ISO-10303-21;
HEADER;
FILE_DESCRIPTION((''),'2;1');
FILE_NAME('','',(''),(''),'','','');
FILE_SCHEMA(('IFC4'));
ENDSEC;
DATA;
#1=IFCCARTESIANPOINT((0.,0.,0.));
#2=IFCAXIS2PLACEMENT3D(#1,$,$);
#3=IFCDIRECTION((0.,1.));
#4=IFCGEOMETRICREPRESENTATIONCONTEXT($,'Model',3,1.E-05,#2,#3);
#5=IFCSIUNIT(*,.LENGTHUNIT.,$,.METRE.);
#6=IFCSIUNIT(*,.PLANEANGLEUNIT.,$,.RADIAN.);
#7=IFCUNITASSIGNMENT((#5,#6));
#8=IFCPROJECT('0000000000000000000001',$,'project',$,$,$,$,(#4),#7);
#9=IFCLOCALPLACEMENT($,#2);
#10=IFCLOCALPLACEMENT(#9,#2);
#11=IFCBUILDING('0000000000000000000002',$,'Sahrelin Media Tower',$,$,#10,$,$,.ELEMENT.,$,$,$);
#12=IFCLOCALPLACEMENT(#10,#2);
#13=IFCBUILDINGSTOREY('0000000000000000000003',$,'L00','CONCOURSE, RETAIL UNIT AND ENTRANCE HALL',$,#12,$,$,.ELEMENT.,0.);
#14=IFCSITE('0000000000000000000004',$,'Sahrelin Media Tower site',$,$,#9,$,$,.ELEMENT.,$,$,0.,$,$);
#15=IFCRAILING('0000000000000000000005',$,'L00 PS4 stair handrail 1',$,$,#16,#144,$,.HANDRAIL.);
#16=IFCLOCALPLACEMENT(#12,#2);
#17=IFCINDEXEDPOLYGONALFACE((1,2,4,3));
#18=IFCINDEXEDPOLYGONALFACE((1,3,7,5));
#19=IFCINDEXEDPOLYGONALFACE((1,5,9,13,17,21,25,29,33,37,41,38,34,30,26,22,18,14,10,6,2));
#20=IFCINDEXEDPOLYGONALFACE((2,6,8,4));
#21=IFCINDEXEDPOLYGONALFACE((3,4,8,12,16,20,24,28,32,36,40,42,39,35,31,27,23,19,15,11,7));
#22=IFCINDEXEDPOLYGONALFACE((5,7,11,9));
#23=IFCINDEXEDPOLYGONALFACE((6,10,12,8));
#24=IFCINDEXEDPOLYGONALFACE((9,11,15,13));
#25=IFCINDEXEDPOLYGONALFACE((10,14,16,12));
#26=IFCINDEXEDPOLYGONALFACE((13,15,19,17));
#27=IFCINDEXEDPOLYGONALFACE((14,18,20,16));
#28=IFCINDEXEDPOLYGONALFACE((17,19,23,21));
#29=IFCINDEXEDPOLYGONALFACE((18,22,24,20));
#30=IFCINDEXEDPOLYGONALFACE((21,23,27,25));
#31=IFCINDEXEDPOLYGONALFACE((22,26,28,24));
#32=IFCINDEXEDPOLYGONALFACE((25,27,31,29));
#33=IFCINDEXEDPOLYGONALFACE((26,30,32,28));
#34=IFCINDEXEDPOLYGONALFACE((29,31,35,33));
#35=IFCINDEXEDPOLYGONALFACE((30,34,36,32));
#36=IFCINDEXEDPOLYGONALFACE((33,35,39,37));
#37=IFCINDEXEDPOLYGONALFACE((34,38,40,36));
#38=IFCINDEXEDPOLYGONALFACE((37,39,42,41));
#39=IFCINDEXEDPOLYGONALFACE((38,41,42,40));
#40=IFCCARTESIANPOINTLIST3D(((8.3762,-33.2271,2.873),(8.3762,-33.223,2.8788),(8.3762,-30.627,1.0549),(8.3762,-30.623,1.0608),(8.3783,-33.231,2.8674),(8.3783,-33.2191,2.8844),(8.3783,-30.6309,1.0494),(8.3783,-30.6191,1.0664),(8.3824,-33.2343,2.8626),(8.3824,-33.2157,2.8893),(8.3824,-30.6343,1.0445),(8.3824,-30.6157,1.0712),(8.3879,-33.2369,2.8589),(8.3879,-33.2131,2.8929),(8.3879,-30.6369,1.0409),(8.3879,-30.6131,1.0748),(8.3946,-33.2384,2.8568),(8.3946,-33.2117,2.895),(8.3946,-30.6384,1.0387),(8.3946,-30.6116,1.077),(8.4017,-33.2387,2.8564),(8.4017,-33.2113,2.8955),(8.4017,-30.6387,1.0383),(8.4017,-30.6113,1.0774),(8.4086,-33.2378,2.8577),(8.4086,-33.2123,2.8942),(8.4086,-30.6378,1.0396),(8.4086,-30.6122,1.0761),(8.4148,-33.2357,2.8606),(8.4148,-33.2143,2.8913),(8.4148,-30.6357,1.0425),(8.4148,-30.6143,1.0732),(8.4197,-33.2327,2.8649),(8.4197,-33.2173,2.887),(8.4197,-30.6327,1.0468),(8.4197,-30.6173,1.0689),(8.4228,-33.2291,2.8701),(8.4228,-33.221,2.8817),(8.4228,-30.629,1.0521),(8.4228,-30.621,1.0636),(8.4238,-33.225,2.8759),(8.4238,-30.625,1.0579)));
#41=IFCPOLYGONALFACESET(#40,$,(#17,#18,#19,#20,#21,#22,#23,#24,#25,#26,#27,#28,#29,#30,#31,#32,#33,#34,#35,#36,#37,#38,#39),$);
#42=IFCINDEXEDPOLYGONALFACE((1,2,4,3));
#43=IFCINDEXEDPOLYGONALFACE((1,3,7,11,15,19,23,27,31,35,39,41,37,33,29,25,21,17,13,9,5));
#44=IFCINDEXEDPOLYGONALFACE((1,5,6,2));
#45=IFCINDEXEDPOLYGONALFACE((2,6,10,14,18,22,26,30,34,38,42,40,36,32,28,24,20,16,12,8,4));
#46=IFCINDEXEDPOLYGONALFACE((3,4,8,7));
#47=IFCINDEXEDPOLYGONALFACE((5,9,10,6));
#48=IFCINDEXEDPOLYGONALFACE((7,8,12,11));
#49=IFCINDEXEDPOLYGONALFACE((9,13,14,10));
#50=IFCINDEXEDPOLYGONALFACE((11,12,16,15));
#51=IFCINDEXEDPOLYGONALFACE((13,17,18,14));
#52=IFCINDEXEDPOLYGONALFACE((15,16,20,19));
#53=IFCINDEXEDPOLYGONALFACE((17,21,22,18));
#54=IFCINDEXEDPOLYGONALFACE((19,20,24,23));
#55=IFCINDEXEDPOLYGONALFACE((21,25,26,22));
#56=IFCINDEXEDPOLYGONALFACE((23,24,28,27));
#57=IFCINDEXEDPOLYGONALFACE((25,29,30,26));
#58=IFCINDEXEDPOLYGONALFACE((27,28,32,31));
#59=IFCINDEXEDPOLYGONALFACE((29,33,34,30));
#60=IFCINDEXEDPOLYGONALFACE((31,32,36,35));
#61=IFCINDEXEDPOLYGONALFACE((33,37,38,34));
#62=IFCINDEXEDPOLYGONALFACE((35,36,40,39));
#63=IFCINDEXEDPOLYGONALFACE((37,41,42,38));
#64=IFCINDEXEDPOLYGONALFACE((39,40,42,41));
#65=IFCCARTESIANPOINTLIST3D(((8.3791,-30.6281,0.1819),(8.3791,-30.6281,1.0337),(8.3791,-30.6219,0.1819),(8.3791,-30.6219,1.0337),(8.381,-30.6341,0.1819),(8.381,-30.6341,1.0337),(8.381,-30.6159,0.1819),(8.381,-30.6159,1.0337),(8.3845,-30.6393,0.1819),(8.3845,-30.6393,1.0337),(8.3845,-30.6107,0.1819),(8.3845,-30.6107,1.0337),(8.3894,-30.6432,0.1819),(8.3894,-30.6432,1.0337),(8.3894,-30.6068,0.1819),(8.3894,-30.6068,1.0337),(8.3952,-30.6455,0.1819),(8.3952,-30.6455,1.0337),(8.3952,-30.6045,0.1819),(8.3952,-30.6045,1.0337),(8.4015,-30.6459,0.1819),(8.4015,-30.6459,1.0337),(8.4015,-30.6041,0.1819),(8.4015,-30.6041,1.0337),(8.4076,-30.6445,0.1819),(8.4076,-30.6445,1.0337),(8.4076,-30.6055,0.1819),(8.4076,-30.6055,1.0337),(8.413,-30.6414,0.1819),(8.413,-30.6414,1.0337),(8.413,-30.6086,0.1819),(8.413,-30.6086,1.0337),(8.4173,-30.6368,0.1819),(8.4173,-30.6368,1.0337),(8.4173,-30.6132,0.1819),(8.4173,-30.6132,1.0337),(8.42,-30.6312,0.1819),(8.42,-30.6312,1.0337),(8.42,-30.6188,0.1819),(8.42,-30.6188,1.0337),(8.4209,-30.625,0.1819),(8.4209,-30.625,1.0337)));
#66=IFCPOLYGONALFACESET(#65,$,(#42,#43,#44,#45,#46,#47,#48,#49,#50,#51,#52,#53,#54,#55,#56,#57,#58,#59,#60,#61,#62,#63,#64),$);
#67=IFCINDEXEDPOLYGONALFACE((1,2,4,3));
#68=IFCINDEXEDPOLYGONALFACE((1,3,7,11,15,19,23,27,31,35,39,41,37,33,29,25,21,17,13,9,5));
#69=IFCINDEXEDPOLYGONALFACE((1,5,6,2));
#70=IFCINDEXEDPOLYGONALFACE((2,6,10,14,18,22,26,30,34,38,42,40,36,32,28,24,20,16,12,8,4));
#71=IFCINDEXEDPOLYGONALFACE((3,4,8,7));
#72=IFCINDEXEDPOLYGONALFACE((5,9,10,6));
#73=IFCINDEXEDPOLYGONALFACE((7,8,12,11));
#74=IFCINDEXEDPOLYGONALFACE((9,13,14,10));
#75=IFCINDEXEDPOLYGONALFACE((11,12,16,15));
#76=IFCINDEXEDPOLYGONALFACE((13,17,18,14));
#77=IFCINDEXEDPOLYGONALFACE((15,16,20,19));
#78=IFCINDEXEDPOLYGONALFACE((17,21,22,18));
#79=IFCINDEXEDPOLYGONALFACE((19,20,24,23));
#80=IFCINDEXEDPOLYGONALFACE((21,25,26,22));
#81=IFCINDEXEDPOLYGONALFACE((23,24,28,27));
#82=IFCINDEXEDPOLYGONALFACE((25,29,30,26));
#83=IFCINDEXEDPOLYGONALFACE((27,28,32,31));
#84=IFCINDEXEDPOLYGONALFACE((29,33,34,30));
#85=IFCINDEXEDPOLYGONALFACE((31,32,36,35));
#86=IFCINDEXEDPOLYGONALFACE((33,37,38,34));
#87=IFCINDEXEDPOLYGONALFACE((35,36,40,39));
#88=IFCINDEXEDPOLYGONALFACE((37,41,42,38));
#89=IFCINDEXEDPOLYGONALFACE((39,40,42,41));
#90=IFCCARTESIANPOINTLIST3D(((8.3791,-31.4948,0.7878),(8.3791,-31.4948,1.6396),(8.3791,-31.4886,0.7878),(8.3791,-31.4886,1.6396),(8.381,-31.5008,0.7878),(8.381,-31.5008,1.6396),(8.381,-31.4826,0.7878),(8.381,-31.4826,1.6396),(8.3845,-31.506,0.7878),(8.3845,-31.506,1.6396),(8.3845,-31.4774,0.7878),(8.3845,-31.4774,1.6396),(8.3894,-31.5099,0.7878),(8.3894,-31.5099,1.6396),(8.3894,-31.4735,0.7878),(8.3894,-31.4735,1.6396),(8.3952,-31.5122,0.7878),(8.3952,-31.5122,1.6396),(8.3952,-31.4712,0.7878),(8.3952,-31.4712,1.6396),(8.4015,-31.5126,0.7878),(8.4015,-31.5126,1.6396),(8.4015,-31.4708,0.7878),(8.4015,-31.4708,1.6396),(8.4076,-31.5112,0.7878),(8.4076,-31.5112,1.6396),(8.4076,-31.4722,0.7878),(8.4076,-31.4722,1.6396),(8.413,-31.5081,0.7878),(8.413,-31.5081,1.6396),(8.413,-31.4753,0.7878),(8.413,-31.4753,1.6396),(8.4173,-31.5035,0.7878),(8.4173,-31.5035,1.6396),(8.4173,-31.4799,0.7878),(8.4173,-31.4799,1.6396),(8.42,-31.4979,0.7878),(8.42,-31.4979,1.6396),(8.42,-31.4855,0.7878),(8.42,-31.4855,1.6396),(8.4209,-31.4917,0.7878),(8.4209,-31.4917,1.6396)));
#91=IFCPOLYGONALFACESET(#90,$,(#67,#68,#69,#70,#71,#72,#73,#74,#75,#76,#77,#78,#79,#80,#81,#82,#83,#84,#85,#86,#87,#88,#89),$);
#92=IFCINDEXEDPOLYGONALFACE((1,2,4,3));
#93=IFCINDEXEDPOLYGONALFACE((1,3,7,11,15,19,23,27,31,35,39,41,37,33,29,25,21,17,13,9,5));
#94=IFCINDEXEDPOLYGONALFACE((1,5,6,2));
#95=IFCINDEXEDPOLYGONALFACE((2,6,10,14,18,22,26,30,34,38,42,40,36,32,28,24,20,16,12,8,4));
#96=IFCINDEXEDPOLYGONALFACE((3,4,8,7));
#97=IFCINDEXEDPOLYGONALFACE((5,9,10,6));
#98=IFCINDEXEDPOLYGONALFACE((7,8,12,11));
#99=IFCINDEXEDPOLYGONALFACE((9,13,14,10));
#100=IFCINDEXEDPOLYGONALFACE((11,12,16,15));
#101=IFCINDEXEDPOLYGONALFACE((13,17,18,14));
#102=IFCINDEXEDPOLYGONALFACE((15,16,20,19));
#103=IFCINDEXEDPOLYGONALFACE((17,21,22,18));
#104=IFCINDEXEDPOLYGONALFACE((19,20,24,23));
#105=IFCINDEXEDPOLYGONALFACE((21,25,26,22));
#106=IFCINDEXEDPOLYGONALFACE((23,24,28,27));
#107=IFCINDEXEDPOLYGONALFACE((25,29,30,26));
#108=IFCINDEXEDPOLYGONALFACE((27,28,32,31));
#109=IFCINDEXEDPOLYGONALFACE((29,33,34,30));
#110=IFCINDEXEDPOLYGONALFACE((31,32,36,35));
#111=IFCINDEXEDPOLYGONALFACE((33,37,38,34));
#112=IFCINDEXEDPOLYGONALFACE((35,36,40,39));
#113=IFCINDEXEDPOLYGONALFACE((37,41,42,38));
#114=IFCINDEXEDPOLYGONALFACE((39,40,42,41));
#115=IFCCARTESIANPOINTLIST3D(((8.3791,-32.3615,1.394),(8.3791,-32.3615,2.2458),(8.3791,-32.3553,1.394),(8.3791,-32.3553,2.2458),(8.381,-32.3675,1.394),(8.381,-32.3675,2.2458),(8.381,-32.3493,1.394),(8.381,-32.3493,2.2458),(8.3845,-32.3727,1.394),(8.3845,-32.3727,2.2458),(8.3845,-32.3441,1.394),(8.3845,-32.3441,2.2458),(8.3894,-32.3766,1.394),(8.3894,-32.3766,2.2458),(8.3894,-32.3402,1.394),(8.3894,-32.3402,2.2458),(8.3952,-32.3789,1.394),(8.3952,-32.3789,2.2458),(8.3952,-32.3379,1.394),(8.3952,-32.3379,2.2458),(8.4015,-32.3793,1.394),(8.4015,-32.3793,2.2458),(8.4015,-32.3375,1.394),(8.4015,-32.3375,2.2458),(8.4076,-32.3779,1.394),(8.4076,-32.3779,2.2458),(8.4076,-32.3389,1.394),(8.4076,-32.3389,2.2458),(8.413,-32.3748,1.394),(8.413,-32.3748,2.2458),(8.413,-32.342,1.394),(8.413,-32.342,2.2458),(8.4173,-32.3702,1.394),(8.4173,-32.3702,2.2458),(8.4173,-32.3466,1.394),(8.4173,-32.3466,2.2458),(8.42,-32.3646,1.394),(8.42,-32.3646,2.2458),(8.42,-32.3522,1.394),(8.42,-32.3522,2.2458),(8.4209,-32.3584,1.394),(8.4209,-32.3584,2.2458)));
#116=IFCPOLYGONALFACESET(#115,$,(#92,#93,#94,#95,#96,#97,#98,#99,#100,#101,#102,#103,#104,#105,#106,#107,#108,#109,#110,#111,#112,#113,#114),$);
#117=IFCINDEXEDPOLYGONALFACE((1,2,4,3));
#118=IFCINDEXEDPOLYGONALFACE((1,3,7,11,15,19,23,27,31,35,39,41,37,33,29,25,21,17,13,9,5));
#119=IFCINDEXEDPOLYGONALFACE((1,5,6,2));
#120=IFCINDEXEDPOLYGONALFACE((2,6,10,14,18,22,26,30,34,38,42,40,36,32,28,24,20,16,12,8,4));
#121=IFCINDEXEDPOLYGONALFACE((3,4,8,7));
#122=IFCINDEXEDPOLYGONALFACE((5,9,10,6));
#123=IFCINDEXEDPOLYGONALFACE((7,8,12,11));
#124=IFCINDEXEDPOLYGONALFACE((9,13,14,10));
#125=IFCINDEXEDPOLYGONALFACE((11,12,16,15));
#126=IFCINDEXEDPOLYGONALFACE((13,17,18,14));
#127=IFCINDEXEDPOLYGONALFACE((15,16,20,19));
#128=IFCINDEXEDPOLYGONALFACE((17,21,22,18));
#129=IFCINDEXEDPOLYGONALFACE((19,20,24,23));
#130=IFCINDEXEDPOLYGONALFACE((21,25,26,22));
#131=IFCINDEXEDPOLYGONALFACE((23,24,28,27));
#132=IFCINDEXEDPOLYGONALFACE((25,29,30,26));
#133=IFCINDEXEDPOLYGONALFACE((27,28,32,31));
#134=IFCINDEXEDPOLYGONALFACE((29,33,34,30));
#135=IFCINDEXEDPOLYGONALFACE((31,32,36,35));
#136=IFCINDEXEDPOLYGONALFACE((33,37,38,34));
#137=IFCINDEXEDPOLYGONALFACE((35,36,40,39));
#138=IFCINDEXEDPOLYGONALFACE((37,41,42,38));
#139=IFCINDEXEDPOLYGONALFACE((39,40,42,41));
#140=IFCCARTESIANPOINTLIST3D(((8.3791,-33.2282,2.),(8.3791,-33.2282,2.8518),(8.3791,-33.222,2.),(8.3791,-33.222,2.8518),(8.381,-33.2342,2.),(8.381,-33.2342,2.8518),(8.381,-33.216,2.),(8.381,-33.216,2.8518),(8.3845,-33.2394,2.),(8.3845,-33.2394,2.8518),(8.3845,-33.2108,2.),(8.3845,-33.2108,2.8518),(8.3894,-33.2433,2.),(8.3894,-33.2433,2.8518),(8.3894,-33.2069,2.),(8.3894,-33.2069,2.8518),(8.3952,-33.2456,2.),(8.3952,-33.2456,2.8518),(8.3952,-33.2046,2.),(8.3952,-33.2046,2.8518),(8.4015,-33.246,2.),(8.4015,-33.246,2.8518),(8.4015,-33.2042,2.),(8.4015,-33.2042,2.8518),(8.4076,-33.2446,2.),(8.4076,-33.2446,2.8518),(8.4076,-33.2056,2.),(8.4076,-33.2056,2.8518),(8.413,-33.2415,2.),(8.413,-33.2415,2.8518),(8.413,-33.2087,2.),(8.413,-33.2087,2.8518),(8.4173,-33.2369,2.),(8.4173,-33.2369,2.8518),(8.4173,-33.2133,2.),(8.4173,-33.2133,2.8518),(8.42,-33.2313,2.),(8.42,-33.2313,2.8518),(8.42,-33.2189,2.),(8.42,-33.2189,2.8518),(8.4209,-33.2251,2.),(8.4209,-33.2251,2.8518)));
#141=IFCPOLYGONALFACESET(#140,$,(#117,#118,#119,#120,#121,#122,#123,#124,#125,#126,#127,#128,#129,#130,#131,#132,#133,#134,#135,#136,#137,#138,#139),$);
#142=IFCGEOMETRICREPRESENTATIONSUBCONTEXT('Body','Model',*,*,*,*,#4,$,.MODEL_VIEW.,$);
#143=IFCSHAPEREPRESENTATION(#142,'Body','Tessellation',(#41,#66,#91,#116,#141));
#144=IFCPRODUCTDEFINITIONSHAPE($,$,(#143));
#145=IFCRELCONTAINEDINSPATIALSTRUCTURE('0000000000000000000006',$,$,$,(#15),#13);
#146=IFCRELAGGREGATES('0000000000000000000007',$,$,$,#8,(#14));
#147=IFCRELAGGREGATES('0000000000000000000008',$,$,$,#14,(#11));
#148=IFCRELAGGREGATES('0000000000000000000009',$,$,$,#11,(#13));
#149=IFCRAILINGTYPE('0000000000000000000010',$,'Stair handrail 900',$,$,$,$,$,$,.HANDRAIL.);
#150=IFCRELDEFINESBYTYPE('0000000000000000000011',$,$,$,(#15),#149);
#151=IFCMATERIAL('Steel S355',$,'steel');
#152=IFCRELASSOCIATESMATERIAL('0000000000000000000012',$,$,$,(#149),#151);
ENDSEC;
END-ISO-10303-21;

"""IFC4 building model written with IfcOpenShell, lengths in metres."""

from ifc_helpers import new_model, si_unit, direction, frame, origin, origin_2d, place, context, subcontext, project, spatial, circle, extrude, material, type_object, element, save


model = new_model("IFC4")

# Units and contexts
model_context = context("Model", 3, precision=1e-05, world=origin(), true_north=direction((0.0, 1.0)))
body_context = subcontext(model_context, "Body", "Model", "MODEL_VIEW")
ifc_project = project(units=[si_unit("LENGTHUNIT", "METRE"), si_unit("PLANEANGLEUNIT", "RADIAN")], contexts=[model_context])

# Site, building, storey
site_placement = place(None, origin())
site = spatial("IfcSite", under=ifc_project, at=site_placement, Name="Sahrelin Media Tower site", CompositionType="ELEMENT", RefElevation=0.0)
building_placement = place(site_placement, origin())
building = spatial("IfcBuilding", under=site, at=building_placement, Name="Sahrelin Media Tower", CompositionType="ELEMENT")
storey_placement = place(building_placement, origin())
storey = spatial("IfcBuildingStorey", under=building, at=storey_placement, Name="L00", Description="CONCOURSE, RETAIL UNIT AND ENTRANCE HALL", CompositionType="ELEMENT", Elevation=0.0)

# Shared definitions
ifc_material_1 = material(Name="Steel S355", Category="steel")

# Railing
railing_type_1 = type_object("IfcRailingType", Name="Stair handrail 900", PredefinedType="HANDRAIL", material=ifc_material_1)
railing_1_placement = place(storey_placement, frame((8.3999, -30.625, 0.1819)))
element("IfcRailing", 1, at=railing_1_placement, inside=storey, type_object=railing_type_1, Name="L00 PS4 stair handrail 1", PredefinedType="HANDRAIL", context=body_context, shape_type="SweptSolid", body=[
    extrude(circle(Radius=0.0239, at=origin_2d()), frame((0.0, 0.0, 0.876), z_axis=(0.0, -0.819521, 0.573049), x_axis=(1.0, 0.0, 0.0)), (0.0, 0.0, 1.0), 3.1726),
    extrude(circle(Radius=0.021, at=origin_2d()), origin(), (0.0, 0.0, 1.0), 0.8518),
    extrude(circle(Radius=0.021, at=origin_2d()), frame((0.0, -0.8667, 0.606)), (0.0, 0.0, 1.0), 0.8518),
    extrude(circle(Radius=0.021, at=origin_2d()), frame((0.0, -1.7334, 1.2122)), (0.0, 0.0, 1.0), 0.8518),
    extrude(circle(Radius=0.021, at=origin_2d()), frame((0.0, -2.6001, 1.8181)), (0.0, 0.0, 1.0), 0.8518),
])

save(model, "model.ifc")
